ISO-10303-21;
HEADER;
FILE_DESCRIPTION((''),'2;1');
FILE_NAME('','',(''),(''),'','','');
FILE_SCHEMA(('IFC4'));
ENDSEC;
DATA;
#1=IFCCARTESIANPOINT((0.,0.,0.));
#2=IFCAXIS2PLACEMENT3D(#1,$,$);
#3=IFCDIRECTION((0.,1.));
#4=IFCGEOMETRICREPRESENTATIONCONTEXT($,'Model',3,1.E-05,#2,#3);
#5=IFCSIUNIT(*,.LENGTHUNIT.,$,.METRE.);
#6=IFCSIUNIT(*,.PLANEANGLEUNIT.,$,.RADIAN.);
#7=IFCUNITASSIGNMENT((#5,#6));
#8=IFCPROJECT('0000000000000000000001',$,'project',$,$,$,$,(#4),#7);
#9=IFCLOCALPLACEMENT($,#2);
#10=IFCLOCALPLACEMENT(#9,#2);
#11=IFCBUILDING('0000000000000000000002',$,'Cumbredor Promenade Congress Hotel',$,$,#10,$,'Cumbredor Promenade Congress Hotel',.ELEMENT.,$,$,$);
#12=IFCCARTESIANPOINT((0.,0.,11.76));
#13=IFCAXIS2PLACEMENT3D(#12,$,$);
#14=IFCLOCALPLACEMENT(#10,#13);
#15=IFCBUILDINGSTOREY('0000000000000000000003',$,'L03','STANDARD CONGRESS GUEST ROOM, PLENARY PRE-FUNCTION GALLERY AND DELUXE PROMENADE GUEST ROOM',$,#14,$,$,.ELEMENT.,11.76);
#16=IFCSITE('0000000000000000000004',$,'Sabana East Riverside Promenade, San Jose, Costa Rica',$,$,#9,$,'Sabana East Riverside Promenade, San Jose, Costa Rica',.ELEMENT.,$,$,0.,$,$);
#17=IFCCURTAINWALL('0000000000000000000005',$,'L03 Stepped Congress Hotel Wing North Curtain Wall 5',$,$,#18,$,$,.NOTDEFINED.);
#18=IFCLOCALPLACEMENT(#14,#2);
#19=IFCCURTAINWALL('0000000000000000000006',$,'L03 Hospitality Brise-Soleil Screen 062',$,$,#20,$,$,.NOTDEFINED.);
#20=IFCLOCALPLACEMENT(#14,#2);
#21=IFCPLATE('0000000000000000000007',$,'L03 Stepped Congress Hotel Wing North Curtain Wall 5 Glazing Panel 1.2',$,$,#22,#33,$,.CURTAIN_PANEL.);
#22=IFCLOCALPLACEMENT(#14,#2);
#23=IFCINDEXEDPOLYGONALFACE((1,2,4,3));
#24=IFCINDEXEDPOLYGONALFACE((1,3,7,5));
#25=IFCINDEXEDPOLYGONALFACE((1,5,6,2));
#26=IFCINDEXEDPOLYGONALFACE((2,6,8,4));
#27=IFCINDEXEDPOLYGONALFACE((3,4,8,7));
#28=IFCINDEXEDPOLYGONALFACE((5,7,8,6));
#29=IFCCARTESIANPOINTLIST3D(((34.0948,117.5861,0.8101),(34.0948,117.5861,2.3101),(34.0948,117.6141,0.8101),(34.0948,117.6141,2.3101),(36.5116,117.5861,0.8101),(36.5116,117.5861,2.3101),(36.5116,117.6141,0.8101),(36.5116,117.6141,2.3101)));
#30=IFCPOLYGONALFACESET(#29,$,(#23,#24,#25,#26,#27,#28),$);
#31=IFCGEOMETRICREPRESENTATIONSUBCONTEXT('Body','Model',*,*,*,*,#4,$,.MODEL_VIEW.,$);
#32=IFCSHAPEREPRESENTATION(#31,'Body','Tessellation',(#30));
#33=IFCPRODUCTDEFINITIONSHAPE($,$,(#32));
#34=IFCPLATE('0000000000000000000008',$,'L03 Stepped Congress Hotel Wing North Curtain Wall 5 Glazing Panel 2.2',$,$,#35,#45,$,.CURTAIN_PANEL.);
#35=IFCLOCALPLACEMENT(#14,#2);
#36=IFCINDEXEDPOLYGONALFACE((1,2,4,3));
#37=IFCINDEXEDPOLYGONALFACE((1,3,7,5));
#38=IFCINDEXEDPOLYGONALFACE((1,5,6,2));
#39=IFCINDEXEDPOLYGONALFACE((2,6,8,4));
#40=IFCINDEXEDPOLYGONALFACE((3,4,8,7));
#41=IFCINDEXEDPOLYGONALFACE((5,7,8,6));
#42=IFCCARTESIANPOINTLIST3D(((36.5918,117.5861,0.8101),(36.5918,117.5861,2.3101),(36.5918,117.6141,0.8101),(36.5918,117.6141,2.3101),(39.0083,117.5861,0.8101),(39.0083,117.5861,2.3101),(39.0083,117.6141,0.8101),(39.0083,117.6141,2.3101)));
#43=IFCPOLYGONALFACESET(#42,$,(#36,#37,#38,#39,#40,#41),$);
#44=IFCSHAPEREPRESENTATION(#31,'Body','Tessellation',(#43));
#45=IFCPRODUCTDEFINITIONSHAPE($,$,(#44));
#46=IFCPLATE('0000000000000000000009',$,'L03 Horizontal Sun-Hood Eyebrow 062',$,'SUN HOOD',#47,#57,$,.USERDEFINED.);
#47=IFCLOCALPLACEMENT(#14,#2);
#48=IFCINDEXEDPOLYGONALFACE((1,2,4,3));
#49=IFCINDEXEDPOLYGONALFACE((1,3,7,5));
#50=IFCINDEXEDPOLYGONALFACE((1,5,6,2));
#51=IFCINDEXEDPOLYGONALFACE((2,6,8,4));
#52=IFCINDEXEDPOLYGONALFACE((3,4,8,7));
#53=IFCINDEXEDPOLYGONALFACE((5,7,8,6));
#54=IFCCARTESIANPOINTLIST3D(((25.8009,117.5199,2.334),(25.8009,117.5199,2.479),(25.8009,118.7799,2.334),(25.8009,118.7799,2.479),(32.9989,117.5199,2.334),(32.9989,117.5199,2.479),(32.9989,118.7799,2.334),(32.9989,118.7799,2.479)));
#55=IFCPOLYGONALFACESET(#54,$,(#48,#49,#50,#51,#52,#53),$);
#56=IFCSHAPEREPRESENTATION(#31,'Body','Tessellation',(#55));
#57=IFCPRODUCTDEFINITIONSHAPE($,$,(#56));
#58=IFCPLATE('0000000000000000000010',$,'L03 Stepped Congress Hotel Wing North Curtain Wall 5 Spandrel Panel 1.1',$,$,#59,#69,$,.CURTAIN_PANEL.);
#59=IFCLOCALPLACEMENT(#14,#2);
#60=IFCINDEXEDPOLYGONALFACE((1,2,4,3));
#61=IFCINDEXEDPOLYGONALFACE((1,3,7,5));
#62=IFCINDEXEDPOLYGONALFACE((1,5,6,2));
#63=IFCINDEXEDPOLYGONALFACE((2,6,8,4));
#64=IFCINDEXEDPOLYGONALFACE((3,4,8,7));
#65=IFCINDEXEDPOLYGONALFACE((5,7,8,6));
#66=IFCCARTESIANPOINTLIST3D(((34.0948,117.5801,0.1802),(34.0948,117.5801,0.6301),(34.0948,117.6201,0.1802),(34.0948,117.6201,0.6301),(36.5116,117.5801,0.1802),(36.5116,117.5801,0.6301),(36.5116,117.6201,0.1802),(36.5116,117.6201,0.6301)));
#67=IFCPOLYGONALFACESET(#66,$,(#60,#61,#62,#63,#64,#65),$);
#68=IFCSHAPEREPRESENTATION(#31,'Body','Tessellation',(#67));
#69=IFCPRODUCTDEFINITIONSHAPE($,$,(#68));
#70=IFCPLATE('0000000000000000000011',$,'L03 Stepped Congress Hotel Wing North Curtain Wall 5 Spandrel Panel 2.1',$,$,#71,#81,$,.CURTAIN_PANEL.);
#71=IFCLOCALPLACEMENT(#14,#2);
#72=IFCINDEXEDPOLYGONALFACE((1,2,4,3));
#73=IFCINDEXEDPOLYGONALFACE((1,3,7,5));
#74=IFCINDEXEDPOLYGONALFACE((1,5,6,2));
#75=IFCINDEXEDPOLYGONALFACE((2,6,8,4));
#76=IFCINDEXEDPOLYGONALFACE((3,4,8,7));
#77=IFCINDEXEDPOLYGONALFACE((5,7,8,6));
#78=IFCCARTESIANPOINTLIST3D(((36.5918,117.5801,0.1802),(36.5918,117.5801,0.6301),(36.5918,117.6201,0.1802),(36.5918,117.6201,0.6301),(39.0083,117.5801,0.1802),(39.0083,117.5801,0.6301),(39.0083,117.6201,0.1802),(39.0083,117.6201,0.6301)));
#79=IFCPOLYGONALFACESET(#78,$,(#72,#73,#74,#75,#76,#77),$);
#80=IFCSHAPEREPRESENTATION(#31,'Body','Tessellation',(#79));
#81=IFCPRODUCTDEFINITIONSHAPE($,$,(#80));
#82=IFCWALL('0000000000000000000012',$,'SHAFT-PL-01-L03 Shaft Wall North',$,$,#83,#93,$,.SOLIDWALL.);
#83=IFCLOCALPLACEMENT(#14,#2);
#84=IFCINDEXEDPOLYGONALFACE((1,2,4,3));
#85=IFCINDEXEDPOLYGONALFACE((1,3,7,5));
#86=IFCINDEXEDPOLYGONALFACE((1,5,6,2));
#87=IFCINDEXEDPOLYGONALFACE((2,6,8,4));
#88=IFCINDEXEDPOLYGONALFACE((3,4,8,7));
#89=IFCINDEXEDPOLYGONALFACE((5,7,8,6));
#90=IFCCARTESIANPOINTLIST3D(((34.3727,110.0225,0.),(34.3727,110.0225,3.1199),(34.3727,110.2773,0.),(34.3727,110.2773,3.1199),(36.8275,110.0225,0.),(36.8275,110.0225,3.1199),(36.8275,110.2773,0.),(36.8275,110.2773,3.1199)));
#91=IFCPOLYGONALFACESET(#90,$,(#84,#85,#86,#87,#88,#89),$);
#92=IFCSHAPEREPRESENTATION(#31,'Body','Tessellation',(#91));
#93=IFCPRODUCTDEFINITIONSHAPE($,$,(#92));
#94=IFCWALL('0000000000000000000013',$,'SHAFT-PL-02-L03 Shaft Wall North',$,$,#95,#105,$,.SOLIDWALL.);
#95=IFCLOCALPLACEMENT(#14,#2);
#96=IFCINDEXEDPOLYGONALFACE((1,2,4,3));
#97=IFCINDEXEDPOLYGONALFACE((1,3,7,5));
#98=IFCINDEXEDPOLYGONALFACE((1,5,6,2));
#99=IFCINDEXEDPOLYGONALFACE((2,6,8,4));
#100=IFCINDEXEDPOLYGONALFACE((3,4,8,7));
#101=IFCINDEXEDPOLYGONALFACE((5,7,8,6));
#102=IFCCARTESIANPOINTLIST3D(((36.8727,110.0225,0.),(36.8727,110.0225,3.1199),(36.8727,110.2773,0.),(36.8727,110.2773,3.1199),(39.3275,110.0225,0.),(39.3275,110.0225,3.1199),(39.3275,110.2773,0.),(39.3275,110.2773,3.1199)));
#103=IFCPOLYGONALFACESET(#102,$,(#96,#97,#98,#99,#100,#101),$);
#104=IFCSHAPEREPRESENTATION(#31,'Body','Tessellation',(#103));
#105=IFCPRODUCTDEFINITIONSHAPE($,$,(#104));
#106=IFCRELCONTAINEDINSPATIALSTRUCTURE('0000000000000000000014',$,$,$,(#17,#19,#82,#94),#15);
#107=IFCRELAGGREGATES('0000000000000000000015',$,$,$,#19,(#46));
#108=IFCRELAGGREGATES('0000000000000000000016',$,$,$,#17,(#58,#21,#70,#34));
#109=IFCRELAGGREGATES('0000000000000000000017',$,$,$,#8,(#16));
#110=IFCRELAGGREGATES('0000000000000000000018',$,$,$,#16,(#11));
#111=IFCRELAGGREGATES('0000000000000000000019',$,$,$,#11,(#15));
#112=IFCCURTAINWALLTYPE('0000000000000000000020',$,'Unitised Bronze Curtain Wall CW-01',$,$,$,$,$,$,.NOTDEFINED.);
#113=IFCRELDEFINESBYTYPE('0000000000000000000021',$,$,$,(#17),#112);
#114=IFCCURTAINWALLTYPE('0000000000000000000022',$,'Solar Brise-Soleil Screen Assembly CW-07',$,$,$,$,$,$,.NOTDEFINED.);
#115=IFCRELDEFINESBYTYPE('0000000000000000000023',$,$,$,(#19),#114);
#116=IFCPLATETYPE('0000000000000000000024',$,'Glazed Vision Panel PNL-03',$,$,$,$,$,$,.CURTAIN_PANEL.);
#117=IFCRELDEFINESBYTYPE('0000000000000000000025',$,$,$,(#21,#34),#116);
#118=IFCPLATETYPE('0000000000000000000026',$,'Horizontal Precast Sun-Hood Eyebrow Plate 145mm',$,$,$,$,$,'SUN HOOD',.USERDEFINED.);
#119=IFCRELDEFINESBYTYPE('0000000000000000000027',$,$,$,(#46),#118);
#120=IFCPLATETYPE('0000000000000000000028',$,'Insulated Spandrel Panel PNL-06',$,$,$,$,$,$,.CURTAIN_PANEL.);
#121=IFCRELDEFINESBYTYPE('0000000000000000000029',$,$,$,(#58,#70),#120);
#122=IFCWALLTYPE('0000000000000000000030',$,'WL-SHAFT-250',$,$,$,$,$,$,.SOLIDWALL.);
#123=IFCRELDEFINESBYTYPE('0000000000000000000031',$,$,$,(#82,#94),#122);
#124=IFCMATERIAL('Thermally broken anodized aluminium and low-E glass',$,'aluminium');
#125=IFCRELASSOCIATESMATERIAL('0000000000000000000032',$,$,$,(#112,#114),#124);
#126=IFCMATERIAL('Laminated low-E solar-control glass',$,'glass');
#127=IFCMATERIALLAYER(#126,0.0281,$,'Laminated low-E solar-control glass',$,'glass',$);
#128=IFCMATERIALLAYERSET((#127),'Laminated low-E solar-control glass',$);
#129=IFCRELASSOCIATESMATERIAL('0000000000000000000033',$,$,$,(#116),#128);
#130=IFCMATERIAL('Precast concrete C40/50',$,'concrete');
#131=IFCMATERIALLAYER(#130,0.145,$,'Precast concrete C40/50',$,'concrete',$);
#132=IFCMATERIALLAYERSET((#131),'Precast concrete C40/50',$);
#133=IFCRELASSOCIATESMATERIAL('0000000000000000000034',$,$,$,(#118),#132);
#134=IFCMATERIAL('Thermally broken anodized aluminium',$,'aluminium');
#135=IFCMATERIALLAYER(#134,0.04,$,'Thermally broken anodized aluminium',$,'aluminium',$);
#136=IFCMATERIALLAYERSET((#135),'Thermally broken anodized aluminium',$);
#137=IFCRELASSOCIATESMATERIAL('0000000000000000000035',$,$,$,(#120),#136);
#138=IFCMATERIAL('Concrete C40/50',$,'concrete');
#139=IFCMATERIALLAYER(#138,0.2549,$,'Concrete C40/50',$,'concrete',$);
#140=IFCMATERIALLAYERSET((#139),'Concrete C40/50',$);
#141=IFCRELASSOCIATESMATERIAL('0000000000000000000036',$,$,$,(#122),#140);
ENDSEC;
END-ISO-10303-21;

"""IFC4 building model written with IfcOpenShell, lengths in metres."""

from ifc_helpers import new_model, si_unit, direction, frame, frame_2d, origin, origin_2d, place, context, subcontext, project, spatial, rectangle, extrude, material, layer, layer_set, type_object, element, aggregate, save


model = new_model("IFC4")

# Units and contexts
model_context = context("Model", 3, precision=1e-05, world=origin(), true_north=direction((0.0, 1.0)))
body_context = subcontext(model_context, "Body", "Model", "MODEL_VIEW")
ifc_project = project(units=[si_unit("LENGTHUNIT", "METRE"), si_unit("PLANEANGLEUNIT", "RADIAN")], contexts=[model_context])

# Site, building, storey
site_placement = place(None, origin())
site = spatial("IfcSite", under=ifc_project, at=site_placement, Name="Sabana East Riverside Promenade, San Jose, Costa Rica", LongName="Sabana East Riverside Promenade, San Jose, Costa Rica", CompositionType="ELEMENT", RefElevation=0.0)
building_placement = place(site_placement, origin())
building = spatial("IfcBuilding", under=site, at=building_placement, Name="Cumbredor Promenade Congress Hotel", LongName="Cumbredor Promenade Congress Hotel", CompositionType="ELEMENT")
storey_placement = place(building_placement, frame((0.0, 0.0, 11.76)))
storey = spatial("IfcBuildingStorey", under=building, at=storey_placement, Name="L03", Description="STANDARD CONGRESS GUEST ROOM, PLENARY PRE-FUNCTION GALLERY AND DELUXE PROMENADE GUEST ROOM", CompositionType="ELEMENT", Elevation=11.76)

# Curtain walls
ifc_material_1 = material(Name="Thermally broken anodized aluminium and low-E glass", Category="aluminium")
curtain_wall_type_1 = type_object("IfcCurtainWallType", Name="Unitised Bronze Curtain Wall CW-01", PredefinedType="NOTDEFINED", material=ifc_material_1)
curtain_wall_1_placement = place(storey_placement, origin())
curtain_wall_1 = element("IfcCurtainWall", 1, at=curtain_wall_1_placement, inside=storey, type_object=curtain_wall_type_1, Name="L03 Stepped Congress Hotel Wing North Curtain Wall 5", PredefinedType="NOTDEFINED")
ifc_material_2 = material(Name="Thermally broken anodized aluminium", Category="aluminium")
curtain_wall_type_2 = type_object("IfcCurtainWallType", Name="Solar Brise-Soleil Screen Assembly CW-07", PredefinedType="NOTDEFINED", material=ifc_material_1)
curtain_wall_2_placement = place(storey_placement, origin())
curtain_wall_2 = element("IfcCurtainWall", 2, at=curtain_wall_2_placement, inside=storey, type_object=curtain_wall_type_2, Name="L03 Hospitality Brise-Soleil Screen 062", PredefinedType="NOTDEFINED")

# Plates
ifc_material_3 = material(Name="Laminated low-E solar-control glass", Category="glass")
ifc_layer_1 = layer(ifc_material_3, 0.0281, Name="Laminated low-E solar-control glass", Category="glass")
ifc_layer_set_1 = layer_set([ifc_layer_1], Name="Laminated low-E solar-control glass")
plate_type_1 = type_object("IfcPlateType", Name="Glazed Vision Panel PNL-03", PredefinedType="CURTAIN_PANEL", material=ifc_layer_set_1)
plate_1_placement = place(storey_placement, frame((35.3032, 117.6001, 0.8101), z_axis=(0.0, 0.0, 1.0), x_axis=(1.0, 0.0, 0.0)))
plate_1 = element("IfcPlate", 3, at=plate_1_placement, type_object=plate_type_1, Name="L03 Stepped Congress Hotel Wing North Curtain Wall 5 Glazing Panel 1.2", PredefinedType="CURTAIN_PANEL", context=body_context, shape_type="SweptSolid", body=[
    extrude(rectangle(XDim=2.4167, YDim=0.0281, at=origin_2d()), origin(), (0.0, 0.0, 1.0), 1.5),
])
plate_2_placement = place(storey_placement, frame((37.8, 117.6001, 0.8101), z_axis=(0.0, 0.0, 1.0), x_axis=(1.0, 0.0, 0.0)))
plate_2 = element("IfcPlate", 4, at=plate_2_placement, type_object=plate_type_1, Name="L03 Stepped Congress Hotel Wing North Curtain Wall 5 Glazing Panel 2.2", PredefinedType="CURTAIN_PANEL", context=body_context, shape_type="SweptSolid", body=[
    extrude(rectangle(XDim=2.4165, YDim=0.0281, at=origin_2d()), origin(), (0.0, 0.0, 1.0), 1.5),
])
ifc_material_4 = material(Name="Precast concrete C40/50", Category="concrete")
ifc_layer_2 = layer(ifc_material_4, 0.145, Name="Precast concrete C40/50", Category="concrete")
ifc_layer_set_2 = layer_set([ifc_layer_2], Name="Precast concrete C40/50")
plate_type_2 = type_object("IfcPlateType", Name="Horizontal Precast Sun-Hood Eyebrow Plate 145mm", ElementType="SUN HOOD", PredefinedType="USERDEFINED", material=ifc_layer_set_2)
plate_3_placement = place(storey_placement, frame((29.3999, 118.1499, 2.334), z_axis=(0.0, 0.0, 1.0), x_axis=(1.0, 0.0, 0.0)))
plate_3 = element("IfcPlate", 5, at=plate_3_placement, type_object=plate_type_2, Name="L03 Horizontal Sun-Hood Eyebrow 062", ObjectType="SUN HOOD", PredefinedType="USERDEFINED", context=body_context, shape_type="SweptSolid", body=[
    extrude(rectangle(XDim=7.198, YDim=1.26, at=origin_2d()), origin(), (0.0, 0.0, 1.0), 0.145),
])
aggregate(curtain_wall_2, [plate_3])
ifc_layer_3 = layer(ifc_material_2, 0.04, Name="Thermally broken anodized aluminium", Category="aluminium")
ifc_layer_set_3 = layer_set([ifc_layer_3], Name="Thermally broken anodized aluminium")
plate_type_3 = type_object("IfcPlateType", Name="Insulated Spandrel Panel PNL-06", PredefinedType="CURTAIN_PANEL", material=ifc_layer_set_3)
plate_4_placement = place(storey_placement, frame((35.3032, 117.6001, 0.1802), z_axis=(0.0, 0.0, 1.0), x_axis=(1.0, 0.0, 0.0)))
plate_4 = element("IfcPlate", 6, at=plate_4_placement, type_object=plate_type_3, Name="L03 Stepped Congress Hotel Wing North Curtain Wall 5 Spandrel Panel 1.1", PredefinedType="CURTAIN_PANEL", context=body_context, shape_type="SweptSolid", body=[
    extrude(rectangle(XDim=2.4167, YDim=0.04, at=origin_2d()), origin(), (0.0, 0.0, 1.0), 0.45),
])
plate_5_placement = place(storey_placement, frame((37.8, 117.6001, 0.1802), z_axis=(0.0, 0.0, 1.0), x_axis=(1.0, 0.0, 0.0)))
plate_5 = element("IfcPlate", 7, at=plate_5_placement, type_object=plate_type_3, Name="L03 Stepped Congress Hotel Wing North Curtain Wall 5 Spandrel Panel 2.1", PredefinedType="CURTAIN_PANEL", context=body_context, shape_type="SweptSolid", body=[
    extrude(rectangle(XDim=2.4165, YDim=0.04, at=origin_2d()), origin(), (0.0, 0.0, 1.0), 0.45),
])
aggregate(curtain_wall_1, [plate_4, plate_1, plate_5, plate_2])

# Walls
ifc_material_5 = material(Name="Concrete C40/50", Category="concrete")
ifc_layer_4 = layer(ifc_material_5, 0.2549, Name="Concrete C40/50", Category="concrete")
ifc_layer_set_4 = layer_set([ifc_layer_4], Name="Concrete C40/50")
wall_type = type_object("IfcWallType", Name="WL-SHAFT-250", PredefinedType="SOLIDWALL", material=ifc_layer_set_4)
for number, where, z_axis, x_axis, name in (
    (8, (34.3726, 110.1499, 0.0), (0.0, 0.0, 1.0), (1.0, 0.0, 0.0), "SHAFT-PL-01-L03 Shaft Wall North"),
    (9, (36.8726, 110.1499, 0.0), (0.0, 0.0, 1.0), (1.0, 0.0, 0.0), "SHAFT-PL-02-L03 Shaft Wall North"),
):
    element("IfcWall", number, at=place(storey_placement, frame(where, z_axis=z_axis, x_axis=x_axis)), inside=storey, type_object=wall_type, Name=name, PredefinedType="SOLIDWALL", context=body_context, shape_type="SweptSolid", body=[
        extrude(rectangle(XDim=2.4548, YDim=0.2549, at=frame_2d((1.2275, 0.0))), origin(), (0.0, 0.0, 1.0), 3.1199),
    ])

save(model, "model.ifc")
